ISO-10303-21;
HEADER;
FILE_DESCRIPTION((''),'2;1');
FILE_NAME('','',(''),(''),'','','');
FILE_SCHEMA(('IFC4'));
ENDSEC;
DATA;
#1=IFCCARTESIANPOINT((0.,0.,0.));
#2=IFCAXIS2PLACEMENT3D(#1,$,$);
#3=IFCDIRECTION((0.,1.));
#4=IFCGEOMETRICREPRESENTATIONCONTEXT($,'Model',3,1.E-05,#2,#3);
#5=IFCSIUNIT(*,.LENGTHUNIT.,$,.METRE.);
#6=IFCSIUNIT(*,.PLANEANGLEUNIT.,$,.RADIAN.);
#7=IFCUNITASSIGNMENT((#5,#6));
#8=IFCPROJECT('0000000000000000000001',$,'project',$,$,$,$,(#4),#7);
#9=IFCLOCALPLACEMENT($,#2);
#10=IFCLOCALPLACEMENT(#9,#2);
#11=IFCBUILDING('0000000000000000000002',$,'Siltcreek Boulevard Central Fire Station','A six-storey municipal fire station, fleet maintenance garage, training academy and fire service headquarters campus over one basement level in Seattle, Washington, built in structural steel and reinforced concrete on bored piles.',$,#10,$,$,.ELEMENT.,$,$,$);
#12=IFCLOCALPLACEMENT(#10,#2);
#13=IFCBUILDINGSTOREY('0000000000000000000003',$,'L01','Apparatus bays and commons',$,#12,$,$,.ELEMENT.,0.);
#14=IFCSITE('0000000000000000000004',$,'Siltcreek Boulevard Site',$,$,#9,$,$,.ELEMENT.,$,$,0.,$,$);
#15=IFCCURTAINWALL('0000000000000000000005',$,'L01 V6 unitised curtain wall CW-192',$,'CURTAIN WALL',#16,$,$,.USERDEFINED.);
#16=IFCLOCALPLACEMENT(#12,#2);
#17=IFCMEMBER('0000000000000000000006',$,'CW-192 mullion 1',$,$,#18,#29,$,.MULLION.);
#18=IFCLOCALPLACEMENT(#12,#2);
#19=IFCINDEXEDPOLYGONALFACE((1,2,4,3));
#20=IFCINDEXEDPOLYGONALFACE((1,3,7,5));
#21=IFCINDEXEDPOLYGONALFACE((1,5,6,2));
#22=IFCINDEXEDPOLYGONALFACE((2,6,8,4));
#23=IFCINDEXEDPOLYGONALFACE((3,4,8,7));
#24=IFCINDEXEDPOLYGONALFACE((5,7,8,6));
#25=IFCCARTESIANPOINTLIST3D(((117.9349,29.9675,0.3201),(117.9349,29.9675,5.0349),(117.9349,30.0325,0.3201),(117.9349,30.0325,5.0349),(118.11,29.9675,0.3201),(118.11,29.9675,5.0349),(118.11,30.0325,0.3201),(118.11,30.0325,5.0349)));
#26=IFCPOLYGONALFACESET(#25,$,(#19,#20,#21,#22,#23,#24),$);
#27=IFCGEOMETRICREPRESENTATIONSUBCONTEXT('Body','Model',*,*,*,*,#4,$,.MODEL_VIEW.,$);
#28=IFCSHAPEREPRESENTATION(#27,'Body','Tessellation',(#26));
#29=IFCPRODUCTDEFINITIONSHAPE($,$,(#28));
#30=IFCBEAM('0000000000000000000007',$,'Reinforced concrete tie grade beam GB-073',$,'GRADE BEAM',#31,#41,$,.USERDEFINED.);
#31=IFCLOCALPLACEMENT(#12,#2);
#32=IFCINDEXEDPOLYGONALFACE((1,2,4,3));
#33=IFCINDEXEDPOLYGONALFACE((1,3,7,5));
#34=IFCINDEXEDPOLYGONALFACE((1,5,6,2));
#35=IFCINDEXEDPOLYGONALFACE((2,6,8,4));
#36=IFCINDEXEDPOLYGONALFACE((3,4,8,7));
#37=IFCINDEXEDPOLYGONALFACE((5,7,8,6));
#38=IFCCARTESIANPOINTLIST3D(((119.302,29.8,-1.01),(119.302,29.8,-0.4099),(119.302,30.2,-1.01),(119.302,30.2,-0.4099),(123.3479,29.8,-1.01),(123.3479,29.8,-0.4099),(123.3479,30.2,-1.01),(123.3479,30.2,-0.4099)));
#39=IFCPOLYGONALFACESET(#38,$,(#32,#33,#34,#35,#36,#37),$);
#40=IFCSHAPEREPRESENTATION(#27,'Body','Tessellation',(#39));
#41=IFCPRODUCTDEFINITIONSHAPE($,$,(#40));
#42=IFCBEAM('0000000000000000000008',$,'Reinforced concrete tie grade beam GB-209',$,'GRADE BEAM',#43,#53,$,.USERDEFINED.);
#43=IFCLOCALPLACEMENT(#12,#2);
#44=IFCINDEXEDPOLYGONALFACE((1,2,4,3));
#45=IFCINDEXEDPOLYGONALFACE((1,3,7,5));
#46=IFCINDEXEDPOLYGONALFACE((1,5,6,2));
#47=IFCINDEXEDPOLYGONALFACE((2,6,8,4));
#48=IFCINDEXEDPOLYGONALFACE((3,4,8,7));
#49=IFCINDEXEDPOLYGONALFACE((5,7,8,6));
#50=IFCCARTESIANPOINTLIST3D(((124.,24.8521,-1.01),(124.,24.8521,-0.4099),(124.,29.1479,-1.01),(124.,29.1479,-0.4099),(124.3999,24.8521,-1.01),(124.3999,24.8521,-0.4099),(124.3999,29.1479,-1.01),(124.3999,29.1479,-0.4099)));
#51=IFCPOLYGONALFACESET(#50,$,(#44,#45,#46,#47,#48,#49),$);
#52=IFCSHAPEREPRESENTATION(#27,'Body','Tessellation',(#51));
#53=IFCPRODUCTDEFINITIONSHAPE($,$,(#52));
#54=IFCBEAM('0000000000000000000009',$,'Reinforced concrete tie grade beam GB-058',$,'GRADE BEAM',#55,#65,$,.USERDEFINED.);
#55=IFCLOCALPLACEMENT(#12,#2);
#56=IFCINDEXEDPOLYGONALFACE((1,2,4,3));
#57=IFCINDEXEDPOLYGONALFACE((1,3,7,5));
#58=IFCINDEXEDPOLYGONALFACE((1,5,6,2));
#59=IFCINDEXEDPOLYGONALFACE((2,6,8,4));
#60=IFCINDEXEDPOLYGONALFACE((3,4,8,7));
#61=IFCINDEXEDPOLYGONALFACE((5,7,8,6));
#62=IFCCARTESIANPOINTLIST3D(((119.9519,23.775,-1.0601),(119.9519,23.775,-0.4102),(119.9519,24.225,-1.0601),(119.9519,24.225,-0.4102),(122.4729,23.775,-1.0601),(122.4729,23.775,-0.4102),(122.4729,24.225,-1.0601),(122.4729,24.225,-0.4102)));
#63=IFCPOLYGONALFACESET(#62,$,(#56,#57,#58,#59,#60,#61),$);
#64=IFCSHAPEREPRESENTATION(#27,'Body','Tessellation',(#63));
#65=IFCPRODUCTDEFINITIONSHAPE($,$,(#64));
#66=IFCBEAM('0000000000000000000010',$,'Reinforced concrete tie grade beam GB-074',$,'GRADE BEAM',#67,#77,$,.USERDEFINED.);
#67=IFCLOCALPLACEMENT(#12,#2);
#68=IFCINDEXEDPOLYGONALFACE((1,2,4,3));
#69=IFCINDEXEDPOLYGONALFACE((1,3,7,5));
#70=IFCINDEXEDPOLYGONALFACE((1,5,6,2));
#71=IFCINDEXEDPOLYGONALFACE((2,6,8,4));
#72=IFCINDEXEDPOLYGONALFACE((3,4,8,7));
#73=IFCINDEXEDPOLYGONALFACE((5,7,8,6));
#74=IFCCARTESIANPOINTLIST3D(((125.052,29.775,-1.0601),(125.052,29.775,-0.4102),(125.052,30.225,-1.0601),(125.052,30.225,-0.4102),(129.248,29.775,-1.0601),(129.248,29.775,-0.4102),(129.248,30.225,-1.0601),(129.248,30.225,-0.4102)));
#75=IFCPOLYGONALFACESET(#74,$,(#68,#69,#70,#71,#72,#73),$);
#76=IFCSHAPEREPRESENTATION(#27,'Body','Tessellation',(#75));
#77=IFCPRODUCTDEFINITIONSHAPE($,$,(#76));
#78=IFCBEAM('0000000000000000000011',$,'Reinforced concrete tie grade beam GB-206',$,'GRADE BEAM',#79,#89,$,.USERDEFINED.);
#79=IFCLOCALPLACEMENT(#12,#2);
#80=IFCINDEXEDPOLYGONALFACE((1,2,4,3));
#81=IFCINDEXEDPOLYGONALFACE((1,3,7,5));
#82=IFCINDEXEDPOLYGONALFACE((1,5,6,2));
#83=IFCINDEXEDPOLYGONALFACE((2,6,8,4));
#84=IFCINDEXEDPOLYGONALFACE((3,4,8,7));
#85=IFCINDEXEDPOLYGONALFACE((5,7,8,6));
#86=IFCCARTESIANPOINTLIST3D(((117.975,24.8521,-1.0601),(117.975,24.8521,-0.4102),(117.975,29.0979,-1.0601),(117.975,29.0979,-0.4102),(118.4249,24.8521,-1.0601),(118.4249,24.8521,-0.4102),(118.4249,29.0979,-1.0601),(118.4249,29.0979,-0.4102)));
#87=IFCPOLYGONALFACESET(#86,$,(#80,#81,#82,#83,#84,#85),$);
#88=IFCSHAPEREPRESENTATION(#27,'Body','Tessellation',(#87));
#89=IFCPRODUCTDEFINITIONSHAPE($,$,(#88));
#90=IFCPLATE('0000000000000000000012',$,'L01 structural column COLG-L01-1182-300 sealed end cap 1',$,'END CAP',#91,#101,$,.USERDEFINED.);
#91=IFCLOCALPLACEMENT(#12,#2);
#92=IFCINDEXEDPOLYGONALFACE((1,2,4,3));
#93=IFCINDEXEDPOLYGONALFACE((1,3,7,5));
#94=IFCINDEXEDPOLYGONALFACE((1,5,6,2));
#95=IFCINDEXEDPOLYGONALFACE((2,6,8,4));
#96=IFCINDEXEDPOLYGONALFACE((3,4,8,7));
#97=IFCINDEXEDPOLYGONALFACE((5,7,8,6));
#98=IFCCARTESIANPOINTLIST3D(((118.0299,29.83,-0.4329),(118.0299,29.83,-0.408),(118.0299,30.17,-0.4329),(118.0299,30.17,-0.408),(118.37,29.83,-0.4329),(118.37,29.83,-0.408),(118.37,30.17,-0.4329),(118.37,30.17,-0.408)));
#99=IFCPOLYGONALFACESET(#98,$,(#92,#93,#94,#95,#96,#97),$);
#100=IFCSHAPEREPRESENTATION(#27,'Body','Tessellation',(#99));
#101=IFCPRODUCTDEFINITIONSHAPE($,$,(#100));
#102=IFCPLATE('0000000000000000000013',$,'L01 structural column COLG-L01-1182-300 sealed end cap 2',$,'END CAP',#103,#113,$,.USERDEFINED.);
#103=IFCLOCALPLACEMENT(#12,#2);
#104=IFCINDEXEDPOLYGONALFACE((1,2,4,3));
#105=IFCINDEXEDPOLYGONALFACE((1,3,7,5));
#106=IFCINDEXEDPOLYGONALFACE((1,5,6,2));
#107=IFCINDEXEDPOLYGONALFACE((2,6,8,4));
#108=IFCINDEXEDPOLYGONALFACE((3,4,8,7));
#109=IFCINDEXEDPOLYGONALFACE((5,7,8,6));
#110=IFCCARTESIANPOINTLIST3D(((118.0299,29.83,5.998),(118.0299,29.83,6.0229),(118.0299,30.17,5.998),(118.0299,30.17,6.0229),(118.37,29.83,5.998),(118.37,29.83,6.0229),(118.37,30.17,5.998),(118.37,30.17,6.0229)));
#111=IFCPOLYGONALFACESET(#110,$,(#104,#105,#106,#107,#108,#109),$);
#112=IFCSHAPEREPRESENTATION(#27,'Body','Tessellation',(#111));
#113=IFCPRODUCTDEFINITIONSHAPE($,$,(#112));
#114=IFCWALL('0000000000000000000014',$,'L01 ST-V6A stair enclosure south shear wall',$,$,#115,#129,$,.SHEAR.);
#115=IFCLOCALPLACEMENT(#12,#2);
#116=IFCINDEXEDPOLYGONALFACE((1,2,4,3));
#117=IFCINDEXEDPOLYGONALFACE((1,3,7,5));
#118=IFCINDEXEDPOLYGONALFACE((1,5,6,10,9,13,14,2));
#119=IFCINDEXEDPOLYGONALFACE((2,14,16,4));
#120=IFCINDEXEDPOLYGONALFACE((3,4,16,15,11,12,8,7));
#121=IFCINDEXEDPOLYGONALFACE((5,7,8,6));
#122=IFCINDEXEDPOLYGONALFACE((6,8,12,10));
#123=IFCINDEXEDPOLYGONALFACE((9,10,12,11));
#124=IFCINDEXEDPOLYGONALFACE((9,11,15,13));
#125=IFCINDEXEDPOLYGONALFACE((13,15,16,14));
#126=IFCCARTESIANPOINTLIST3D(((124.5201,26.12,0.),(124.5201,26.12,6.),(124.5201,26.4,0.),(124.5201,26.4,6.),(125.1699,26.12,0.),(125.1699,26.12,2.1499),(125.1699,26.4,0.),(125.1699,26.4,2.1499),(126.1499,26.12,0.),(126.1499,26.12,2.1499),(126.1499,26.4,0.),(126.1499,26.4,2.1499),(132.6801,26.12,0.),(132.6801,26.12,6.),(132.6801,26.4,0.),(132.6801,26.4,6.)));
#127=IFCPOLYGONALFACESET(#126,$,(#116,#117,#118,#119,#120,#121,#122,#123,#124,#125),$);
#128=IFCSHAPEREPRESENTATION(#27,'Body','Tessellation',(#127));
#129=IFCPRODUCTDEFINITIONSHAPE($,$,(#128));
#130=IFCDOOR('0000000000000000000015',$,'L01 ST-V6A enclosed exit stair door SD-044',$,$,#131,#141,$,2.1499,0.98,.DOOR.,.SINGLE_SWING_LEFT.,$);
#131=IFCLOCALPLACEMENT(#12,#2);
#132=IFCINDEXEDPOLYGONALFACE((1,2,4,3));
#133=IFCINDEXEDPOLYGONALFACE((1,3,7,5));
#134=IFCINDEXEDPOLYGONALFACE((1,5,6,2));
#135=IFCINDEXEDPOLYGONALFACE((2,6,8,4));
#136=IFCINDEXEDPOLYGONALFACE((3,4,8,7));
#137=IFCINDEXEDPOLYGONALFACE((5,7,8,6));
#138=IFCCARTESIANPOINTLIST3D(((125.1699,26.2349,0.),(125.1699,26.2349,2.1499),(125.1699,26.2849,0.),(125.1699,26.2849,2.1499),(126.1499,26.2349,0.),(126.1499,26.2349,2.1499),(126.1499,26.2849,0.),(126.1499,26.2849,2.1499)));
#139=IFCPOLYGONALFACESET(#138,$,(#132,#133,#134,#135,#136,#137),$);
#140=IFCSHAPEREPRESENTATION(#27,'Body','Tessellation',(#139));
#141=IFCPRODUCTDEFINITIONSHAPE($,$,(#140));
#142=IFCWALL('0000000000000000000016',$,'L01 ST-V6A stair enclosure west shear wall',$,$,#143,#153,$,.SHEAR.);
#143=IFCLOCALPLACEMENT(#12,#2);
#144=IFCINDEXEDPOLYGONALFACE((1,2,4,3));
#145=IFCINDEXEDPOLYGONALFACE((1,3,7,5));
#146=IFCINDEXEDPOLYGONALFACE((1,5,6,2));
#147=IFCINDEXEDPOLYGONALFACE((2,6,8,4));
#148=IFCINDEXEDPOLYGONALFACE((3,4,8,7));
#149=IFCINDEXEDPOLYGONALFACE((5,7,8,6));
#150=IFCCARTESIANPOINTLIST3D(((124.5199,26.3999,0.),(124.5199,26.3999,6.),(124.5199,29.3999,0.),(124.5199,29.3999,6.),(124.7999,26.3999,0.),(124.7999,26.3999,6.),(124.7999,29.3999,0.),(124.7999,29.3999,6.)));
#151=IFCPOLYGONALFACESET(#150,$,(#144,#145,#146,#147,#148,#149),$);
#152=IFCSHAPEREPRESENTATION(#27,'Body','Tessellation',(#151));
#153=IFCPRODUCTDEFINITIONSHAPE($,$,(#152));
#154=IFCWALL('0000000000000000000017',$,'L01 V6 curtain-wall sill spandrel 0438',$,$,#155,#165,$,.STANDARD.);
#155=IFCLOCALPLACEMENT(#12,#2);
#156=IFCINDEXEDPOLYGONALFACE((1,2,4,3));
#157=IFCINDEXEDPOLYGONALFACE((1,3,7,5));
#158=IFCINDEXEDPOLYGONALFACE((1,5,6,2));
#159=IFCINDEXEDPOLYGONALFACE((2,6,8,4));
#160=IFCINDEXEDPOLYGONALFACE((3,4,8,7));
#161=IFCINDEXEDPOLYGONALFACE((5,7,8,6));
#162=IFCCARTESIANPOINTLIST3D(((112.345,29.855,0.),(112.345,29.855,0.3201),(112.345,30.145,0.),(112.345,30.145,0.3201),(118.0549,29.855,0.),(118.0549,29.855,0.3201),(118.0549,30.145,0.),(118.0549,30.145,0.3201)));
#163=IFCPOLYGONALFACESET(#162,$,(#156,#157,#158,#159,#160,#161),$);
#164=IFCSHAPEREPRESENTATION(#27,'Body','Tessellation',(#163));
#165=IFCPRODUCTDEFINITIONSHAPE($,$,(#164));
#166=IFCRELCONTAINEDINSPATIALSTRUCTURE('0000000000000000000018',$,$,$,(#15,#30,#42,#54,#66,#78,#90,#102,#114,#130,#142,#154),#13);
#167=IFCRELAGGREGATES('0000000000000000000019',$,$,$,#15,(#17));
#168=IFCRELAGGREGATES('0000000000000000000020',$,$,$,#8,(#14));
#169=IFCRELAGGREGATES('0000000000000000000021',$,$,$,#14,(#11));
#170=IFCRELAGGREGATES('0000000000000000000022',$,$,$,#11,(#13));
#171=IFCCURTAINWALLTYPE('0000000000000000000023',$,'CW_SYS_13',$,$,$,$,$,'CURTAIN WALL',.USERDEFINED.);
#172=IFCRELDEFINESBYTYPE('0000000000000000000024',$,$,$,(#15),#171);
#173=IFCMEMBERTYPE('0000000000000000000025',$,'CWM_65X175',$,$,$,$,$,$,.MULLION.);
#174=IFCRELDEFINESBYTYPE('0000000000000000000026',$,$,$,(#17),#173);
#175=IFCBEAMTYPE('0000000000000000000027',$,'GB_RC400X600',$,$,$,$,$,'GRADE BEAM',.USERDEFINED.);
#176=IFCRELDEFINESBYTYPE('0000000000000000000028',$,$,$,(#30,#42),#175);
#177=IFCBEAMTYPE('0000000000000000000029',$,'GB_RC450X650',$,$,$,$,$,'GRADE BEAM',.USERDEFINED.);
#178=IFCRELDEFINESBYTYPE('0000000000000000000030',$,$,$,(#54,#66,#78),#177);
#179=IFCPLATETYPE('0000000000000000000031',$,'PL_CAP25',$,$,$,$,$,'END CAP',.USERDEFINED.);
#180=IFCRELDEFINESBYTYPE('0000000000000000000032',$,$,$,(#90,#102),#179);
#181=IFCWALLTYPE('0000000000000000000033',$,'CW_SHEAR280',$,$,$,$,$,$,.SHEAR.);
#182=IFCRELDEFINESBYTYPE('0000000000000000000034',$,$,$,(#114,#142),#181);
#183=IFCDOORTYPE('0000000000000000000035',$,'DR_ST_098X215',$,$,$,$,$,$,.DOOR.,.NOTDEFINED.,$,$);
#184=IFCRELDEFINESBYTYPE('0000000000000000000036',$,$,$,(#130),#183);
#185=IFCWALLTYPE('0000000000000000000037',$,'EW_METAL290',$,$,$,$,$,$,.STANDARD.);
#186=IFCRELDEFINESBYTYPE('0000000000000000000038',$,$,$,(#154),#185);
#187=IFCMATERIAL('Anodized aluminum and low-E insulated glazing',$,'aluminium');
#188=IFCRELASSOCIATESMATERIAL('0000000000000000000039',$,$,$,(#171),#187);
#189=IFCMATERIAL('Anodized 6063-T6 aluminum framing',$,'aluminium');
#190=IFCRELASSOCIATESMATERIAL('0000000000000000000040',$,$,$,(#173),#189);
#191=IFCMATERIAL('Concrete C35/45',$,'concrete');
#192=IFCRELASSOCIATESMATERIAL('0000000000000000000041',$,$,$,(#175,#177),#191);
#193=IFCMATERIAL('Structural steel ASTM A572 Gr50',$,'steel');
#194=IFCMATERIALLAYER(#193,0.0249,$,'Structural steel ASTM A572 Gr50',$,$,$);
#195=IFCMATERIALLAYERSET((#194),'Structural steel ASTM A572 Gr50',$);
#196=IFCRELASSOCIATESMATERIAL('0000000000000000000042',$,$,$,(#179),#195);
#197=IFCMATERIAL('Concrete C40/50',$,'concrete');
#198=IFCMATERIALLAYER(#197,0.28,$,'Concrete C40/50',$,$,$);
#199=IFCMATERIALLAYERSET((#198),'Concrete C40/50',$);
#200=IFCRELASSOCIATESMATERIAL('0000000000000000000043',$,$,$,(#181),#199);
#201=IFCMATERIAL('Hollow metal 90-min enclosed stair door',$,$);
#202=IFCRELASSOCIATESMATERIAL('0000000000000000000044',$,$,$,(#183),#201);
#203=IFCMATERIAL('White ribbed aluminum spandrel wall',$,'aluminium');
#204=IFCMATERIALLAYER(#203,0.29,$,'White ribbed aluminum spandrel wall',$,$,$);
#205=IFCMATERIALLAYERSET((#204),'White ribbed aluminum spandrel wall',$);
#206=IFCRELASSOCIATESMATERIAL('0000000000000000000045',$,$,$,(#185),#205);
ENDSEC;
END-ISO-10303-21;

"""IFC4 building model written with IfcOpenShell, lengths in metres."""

from ifc_helpers import new_model, si_unit, direction, frame, frame_2d, origin, origin_2d, place, context, subcontext, project, spatial, rectangle, extrude, material, layer, layer_set, material_profile, profile_set, type_object, element, fill, aggregate, save


model = new_model("IFC4")

# Units and contexts
model_context = context("Model", 3, precision=1e-05, world=origin(), true_north=direction((0.0, 1.0)))
body_context = subcontext(model_context, "Body", "Model", "MODEL_VIEW")
ifc_project = project(units=[si_unit("LENGTHUNIT", "METRE"), si_unit("PLANEANGLEUNIT", "RADIAN")], contexts=[model_context])

# Site, building, storey
site_placement = place(None, origin())
site = spatial("IfcSite", under=ifc_project, at=site_placement, Name="Siltcreek Boulevard Site", CompositionType="ELEMENT", RefElevation=0.0)
building_placement = place(site_placement, origin())
building = spatial("IfcBuilding", under=site, at=building_placement, Name="Siltcreek Boulevard Central Fire Station", Description="A six-storey municipal fire station, fleet maintenance garage, training academy and fire service headquarters campus over one basement level in Seattle, Washington, built in structural steel and reinforced concrete on bored piles.", CompositionType="ELEMENT")
storey_placement = place(building_placement, origin())
storey = spatial("IfcBuildingStorey", under=building, at=storey_placement, Name="L01", Description="Apparatus bays and commons", CompositionType="ELEMENT", Elevation=0.0)

# Shared definitions
ifc_material_1 = material(Name="Concrete C35/45", Category="concrete")

# Curtain wall, member
ifc_material_2 = material(Name="Anodized aluminum and low-E insulated glazing", Category="aluminium")
curtain_wall_type = type_object("IfcCurtainWallType", Name="CW_SYS_13", ElementType="CURTAIN WALL", PredefinedType="USERDEFINED", material=ifc_material_2)
curtain_wall_placement = place(storey_placement, origin())
curtain_wall = element("IfcCurtainWall", 1, at=curtain_wall_placement, inside=storey, type_object=curtain_wall_type, Name="L01 V6 unitised curtain wall CW-192", ObjectType="CURTAIN WALL", PredefinedType="USERDEFINED")
ifc_material_3 = material(Name="Anodized 6063-T6 aluminum framing", Category="aluminium")
ifc_material_profile_1 = material_profile(ifc_material_3, rectangle(XDim=0.0649, YDim=0.175, at=origin_2d()), Name="MULL65X175")
ifc_profile_set_1 = profile_set([ifc_material_profile_1], Name="Anodized 6063-T6 aluminum framing")
member_type = type_object("IfcMemberType", Name="CWM_65X175", PredefinedType="MULLION", material=ifc_profile_set_1)
member_placement = place(storey_placement, frame((118.0225, 30.0, 0.3201), z_axis=(0.0, 0.0, 1.0), x_axis=(0.0, -1.0, 0.0)))
member = element("IfcMember", 2, at=member_placement, type_object=member_type, Name="CW-192 mullion 1", PredefinedType="MULLION", context=body_context, shape_type="SweptSolid", body=[
    extrude(rectangle(XDim=0.0649, YDim=0.175, at=origin_2d()), origin(), (0.0, 0.0, 1.0), 4.7148),
])
aggregate(curtain_wall, [member])

# Beams
ifc_material_profile_2 = material_profile(ifc_material_1, rectangle(XDim=0.3999, YDim=0.6001, at=origin_2d()), Name="RC400X600")
ifc_profile_set_2 = profile_set([ifc_material_profile_2], Name="Concrete C35/45")
beam_type_1 = type_object("IfcBeamType", Name="GB_RC400X600", ElementType="GRADE BEAM", PredefinedType="USERDEFINED", material=ifc_profile_set_2)
beam_1_placement = place(storey_placement, frame((119.302, 30.0, -0.71), z_axis=(1.0, 0.0, 0.0), x_axis=(0.0, 1.0, 0.0)))
element("IfcBeam", 3, at=beam_1_placement, inside=storey, type_object=beam_type_1, Name="Reinforced concrete tie grade beam GB-073", ObjectType="GRADE BEAM", PredefinedType="USERDEFINED", context=body_context, shape_type="SweptSolid", body=[
    extrude(rectangle(XDim=0.3999, YDim=0.6001, at=origin_2d()), origin(), (0.0, 0.0, 1.0), 4.0459),
])
beam_2_placement = place(storey_placement, frame((124.2, 24.8521, -0.71), z_axis=(0.0, 1.0, 0.0), x_axis=(-1.0, 0.0, 0.0)))
element("IfcBeam", 4, at=beam_2_placement, inside=storey, type_object=beam_type_1, Name="Reinforced concrete tie grade beam GB-209", ObjectType="GRADE BEAM", PredefinedType="USERDEFINED", context=body_context, shape_type="SweptSolid", body=[
    extrude(rectangle(XDim=0.3999, YDim=0.6001, at=origin_2d()), origin(), (0.0, 0.0, 1.0), 4.2959),
])
ifc_material_profile_3 = material_profile(ifc_material_1, rectangle(XDim=0.45, YDim=0.6499, at=origin_2d()), Name="RC450X650")
ifc_profile_set_3 = profile_set([ifc_material_profile_3], Name="Concrete C35/45")
beam_type_2 = type_object("IfcBeamType", Name="GB_RC450X650", ElementType="GRADE BEAM", PredefinedType="USERDEFINED", material=ifc_profile_set_3)
beam_3_placement = place(storey_placement, frame((119.9519, 24.0, -0.7351), z_axis=(1.0, 0.0, 0.0), x_axis=(0.0, 1.0, 0.0)))
element("IfcBeam", 5, at=beam_3_placement, inside=storey, type_object=beam_type_2, Name="Reinforced concrete tie grade beam GB-058", ObjectType="GRADE BEAM", PredefinedType="USERDEFINED", context=body_context, shape_type="SweptSolid", body=[
    extrude(rectangle(XDim=0.45, YDim=0.6499, at=origin_2d()), origin(), (0.0, 0.0, 1.0), 2.521),
])
beam_4_placement = place(storey_placement, frame((125.052, 30.0, -0.7351), z_axis=(1.0, 0.0, 0.0), x_axis=(0.0, 1.0, 0.0)))
element("IfcBeam", 6, at=beam_4_placement, inside=storey, type_object=beam_type_2, Name="Reinforced concrete tie grade beam GB-074", ObjectType="GRADE BEAM", PredefinedType="USERDEFINED", context=body_context, shape_type="SweptSolid", body=[
    extrude(rectangle(XDim=0.45, YDim=0.6499, at=origin_2d()), origin(), (0.0, 0.0, 1.0), 4.196),
])
beam_5_placement = place(storey_placement, frame((118.2, 24.8521, -0.7351), z_axis=(0.0, 1.0, 0.0), x_axis=(-1.0, 0.0, 0.0)))
element("IfcBeam", 7, at=beam_5_placement, inside=storey, type_object=beam_type_2, Name="Reinforced concrete tie grade beam GB-206", ObjectType="GRADE BEAM", PredefinedType="USERDEFINED", context=body_context, shape_type="SweptSolid", body=[
    extrude(rectangle(XDim=0.45, YDim=0.6499, at=origin_2d()), origin(), (0.0, 0.0, 1.0), 4.2458),
])

# Plates
ifc_material_4 = material(Name="Structural steel ASTM A572 Gr50", Category="steel")
ifc_layer_1 = layer(ifc_material_4, 0.0249, Name="Structural steel ASTM A572 Gr50")
ifc_layer_set_1 = layer_set([ifc_layer_1], Name="Structural steel ASTM A572 Gr50")
plate_type = type_object("IfcPlateType", Name="PL_CAP25", ElementType="END CAP", PredefinedType="USERDEFINED", material=ifc_layer_set_1)
for number, where, z_axis, x_axis, name in (
    (8, (118.2, 30.0, -0.4329), (0.0, 0.0, 1.0), (1.0, 0.0, 0.0), "L01 structural column COLG-L01-1182-300 sealed end cap 1"),
    (9, (118.2, 30.0, 5.998), (0.0, 0.0, 1.0), (1.0, 0.0, 0.0), "L01 structural column COLG-L01-1182-300 sealed end cap 2"),
):
    element("IfcPlate", number, at=place(storey_placement, frame(where, z_axis=z_axis, x_axis=x_axis)), inside=storey, type_object=plate_type, Name=name, ObjectType="END CAP", PredefinedType="USERDEFINED", context=body_context, shape_type="SweptSolid", body=[
        extrude(rectangle(XDim=0.3401, YDim=0.3401, at=origin_2d()), origin(), (0.0, 0.0, 1.0), 0.0249),
    ])

# Wall, opening, door
ifc_material_5 = material(Name="Concrete C40/50", Category="concrete")
ifc_layer_2 = layer(ifc_material_5, 0.28, Name="Concrete C40/50")
ifc_layer_set_2 = layer_set([ifc_layer_2], Name="Concrete C40/50")
wall_type_1 = type_object("IfcWallType", Name="CW_SHEAR280", PredefinedType="SHEAR", material=ifc_layer_set_2)
wall_1_placement = place(storey_placement, frame((124.52, 26.26, 0.0), z_axis=(0.0, 0.0, 1.0), x_axis=(1.0, 0.0, 0.0)))
wall_1 = element("IfcWall", 10, at=wall_1_placement, inside=storey, type_object=wall_type_1, Name="L01 ST-V6A stair enclosure south shear wall", PredefinedType="SHEAR", context=body_context, shape_type="SweptSolid", body=[
    extrude(rectangle(XDim=8.1599, YDim=0.28, at=frame_2d((4.0801, 0.0))), origin(), (0.0, 0.0, 1.0), 6.0),
])
opening_1_placement = place(wall_1_placement, frame((0.6499, 0.0, 0.0)))
opening_1 = element("IfcOpeningElement", 11, at=opening_1_placement, cuts=wall_1, PredefinedType="OPENING", context=body_context, shape_type="SweptSolid", body=[
    extrude(rectangle(XDim=0.98, YDim=2.1499, at=frame_2d((0.49, 1.075))), frame((0.0, 0.1499, 0.0), z_axis=(0.0, -1.0, 0.0), x_axis=(1.0, 0.0, 0.0)), (0.0, 0.0, 1.0), 0.3),
])
ifc_material_6 = material(Name="Hollow metal 90-min enclosed stair door")
door_type_1 = type_object("IfcDoorType", Name="DR_ST_098X215", OperationType="NOTDEFINED", PredefinedType="DOOR", material=ifc_material_6)
door_1_placement = place(opening_1_placement, origin())
door_1 = element("IfcDoor", 12, at=door_1_placement, inside=storey, type_object=door_type_1, Name="L01 ST-V6A enclosed exit stair door SD-044", OperationType="SINGLE_SWING_LEFT", OverallHeight=2.1499, OverallWidth=0.98, PredefinedType="DOOR", context=body_context, shape_type="SweptSolid", body=[
    extrude(rectangle(XDim=0.98, YDim=2.1499, at=frame_2d((0.49, 1.075))), frame((0.0, 0.0249, 0.0), z_axis=(0.0, -1.0, 0.0), x_axis=(1.0, 0.0, 0.0)), (0.0, 0.0, 1.0), 0.05),
])
fill(opening_1, door_1)

# Walls
wall_2_placement = place(storey_placement, frame((124.6599, 29.3999, 0.0), z_axis=(0.0, 0.0, 1.0), x_axis=(0.0, -1.0, 0.0)))
element("IfcWall", 13, at=wall_2_placement, inside=storey, type_object=wall_type_1, Name="L01 ST-V6A stair enclosure west shear wall", PredefinedType="SHEAR", context=body_context, shape_type="SweptSolid", body=[
    extrude(rectangle(XDim=3.0, YDim=0.28, at=frame_2d((1.5, 0.0))), origin(), (0.0, 0.0, 1.0), 6.0),
])
ifc_material_7 = material(Name="White ribbed aluminum spandrel wall", Category="aluminium")
ifc_layer_3 = layer(ifc_material_7, 0.29, Name="White ribbed aluminum spandrel wall")
ifc_layer_set_3 = layer_set([ifc_layer_3], Name="White ribbed aluminum spandrel wall")
wall_type_2 = type_object("IfcWallType", Name="EW_METAL290", PredefinedType="STANDARD", material=ifc_layer_set_3)
wall_3_placement = place(storey_placement, frame((118.0549, 30.0, 0.0), z_axis=(0.0, 0.0, 1.0), x_axis=(-1.0, 0.0, 0.0)))
element("IfcWall", 14, at=wall_3_placement, inside=storey, type_object=wall_type_2, Name="L01 V6 curtain-wall sill spandrel 0438", PredefinedType="STANDARD", context=body_context, shape_type="SweptSolid", body=[
    extrude(rectangle(XDim=5.71, YDim=0.29, at=frame_2d((2.855, 0.0))), origin(), (0.0, 0.0, 1.0), 0.3201),
])

save(model, "model.ifc")
